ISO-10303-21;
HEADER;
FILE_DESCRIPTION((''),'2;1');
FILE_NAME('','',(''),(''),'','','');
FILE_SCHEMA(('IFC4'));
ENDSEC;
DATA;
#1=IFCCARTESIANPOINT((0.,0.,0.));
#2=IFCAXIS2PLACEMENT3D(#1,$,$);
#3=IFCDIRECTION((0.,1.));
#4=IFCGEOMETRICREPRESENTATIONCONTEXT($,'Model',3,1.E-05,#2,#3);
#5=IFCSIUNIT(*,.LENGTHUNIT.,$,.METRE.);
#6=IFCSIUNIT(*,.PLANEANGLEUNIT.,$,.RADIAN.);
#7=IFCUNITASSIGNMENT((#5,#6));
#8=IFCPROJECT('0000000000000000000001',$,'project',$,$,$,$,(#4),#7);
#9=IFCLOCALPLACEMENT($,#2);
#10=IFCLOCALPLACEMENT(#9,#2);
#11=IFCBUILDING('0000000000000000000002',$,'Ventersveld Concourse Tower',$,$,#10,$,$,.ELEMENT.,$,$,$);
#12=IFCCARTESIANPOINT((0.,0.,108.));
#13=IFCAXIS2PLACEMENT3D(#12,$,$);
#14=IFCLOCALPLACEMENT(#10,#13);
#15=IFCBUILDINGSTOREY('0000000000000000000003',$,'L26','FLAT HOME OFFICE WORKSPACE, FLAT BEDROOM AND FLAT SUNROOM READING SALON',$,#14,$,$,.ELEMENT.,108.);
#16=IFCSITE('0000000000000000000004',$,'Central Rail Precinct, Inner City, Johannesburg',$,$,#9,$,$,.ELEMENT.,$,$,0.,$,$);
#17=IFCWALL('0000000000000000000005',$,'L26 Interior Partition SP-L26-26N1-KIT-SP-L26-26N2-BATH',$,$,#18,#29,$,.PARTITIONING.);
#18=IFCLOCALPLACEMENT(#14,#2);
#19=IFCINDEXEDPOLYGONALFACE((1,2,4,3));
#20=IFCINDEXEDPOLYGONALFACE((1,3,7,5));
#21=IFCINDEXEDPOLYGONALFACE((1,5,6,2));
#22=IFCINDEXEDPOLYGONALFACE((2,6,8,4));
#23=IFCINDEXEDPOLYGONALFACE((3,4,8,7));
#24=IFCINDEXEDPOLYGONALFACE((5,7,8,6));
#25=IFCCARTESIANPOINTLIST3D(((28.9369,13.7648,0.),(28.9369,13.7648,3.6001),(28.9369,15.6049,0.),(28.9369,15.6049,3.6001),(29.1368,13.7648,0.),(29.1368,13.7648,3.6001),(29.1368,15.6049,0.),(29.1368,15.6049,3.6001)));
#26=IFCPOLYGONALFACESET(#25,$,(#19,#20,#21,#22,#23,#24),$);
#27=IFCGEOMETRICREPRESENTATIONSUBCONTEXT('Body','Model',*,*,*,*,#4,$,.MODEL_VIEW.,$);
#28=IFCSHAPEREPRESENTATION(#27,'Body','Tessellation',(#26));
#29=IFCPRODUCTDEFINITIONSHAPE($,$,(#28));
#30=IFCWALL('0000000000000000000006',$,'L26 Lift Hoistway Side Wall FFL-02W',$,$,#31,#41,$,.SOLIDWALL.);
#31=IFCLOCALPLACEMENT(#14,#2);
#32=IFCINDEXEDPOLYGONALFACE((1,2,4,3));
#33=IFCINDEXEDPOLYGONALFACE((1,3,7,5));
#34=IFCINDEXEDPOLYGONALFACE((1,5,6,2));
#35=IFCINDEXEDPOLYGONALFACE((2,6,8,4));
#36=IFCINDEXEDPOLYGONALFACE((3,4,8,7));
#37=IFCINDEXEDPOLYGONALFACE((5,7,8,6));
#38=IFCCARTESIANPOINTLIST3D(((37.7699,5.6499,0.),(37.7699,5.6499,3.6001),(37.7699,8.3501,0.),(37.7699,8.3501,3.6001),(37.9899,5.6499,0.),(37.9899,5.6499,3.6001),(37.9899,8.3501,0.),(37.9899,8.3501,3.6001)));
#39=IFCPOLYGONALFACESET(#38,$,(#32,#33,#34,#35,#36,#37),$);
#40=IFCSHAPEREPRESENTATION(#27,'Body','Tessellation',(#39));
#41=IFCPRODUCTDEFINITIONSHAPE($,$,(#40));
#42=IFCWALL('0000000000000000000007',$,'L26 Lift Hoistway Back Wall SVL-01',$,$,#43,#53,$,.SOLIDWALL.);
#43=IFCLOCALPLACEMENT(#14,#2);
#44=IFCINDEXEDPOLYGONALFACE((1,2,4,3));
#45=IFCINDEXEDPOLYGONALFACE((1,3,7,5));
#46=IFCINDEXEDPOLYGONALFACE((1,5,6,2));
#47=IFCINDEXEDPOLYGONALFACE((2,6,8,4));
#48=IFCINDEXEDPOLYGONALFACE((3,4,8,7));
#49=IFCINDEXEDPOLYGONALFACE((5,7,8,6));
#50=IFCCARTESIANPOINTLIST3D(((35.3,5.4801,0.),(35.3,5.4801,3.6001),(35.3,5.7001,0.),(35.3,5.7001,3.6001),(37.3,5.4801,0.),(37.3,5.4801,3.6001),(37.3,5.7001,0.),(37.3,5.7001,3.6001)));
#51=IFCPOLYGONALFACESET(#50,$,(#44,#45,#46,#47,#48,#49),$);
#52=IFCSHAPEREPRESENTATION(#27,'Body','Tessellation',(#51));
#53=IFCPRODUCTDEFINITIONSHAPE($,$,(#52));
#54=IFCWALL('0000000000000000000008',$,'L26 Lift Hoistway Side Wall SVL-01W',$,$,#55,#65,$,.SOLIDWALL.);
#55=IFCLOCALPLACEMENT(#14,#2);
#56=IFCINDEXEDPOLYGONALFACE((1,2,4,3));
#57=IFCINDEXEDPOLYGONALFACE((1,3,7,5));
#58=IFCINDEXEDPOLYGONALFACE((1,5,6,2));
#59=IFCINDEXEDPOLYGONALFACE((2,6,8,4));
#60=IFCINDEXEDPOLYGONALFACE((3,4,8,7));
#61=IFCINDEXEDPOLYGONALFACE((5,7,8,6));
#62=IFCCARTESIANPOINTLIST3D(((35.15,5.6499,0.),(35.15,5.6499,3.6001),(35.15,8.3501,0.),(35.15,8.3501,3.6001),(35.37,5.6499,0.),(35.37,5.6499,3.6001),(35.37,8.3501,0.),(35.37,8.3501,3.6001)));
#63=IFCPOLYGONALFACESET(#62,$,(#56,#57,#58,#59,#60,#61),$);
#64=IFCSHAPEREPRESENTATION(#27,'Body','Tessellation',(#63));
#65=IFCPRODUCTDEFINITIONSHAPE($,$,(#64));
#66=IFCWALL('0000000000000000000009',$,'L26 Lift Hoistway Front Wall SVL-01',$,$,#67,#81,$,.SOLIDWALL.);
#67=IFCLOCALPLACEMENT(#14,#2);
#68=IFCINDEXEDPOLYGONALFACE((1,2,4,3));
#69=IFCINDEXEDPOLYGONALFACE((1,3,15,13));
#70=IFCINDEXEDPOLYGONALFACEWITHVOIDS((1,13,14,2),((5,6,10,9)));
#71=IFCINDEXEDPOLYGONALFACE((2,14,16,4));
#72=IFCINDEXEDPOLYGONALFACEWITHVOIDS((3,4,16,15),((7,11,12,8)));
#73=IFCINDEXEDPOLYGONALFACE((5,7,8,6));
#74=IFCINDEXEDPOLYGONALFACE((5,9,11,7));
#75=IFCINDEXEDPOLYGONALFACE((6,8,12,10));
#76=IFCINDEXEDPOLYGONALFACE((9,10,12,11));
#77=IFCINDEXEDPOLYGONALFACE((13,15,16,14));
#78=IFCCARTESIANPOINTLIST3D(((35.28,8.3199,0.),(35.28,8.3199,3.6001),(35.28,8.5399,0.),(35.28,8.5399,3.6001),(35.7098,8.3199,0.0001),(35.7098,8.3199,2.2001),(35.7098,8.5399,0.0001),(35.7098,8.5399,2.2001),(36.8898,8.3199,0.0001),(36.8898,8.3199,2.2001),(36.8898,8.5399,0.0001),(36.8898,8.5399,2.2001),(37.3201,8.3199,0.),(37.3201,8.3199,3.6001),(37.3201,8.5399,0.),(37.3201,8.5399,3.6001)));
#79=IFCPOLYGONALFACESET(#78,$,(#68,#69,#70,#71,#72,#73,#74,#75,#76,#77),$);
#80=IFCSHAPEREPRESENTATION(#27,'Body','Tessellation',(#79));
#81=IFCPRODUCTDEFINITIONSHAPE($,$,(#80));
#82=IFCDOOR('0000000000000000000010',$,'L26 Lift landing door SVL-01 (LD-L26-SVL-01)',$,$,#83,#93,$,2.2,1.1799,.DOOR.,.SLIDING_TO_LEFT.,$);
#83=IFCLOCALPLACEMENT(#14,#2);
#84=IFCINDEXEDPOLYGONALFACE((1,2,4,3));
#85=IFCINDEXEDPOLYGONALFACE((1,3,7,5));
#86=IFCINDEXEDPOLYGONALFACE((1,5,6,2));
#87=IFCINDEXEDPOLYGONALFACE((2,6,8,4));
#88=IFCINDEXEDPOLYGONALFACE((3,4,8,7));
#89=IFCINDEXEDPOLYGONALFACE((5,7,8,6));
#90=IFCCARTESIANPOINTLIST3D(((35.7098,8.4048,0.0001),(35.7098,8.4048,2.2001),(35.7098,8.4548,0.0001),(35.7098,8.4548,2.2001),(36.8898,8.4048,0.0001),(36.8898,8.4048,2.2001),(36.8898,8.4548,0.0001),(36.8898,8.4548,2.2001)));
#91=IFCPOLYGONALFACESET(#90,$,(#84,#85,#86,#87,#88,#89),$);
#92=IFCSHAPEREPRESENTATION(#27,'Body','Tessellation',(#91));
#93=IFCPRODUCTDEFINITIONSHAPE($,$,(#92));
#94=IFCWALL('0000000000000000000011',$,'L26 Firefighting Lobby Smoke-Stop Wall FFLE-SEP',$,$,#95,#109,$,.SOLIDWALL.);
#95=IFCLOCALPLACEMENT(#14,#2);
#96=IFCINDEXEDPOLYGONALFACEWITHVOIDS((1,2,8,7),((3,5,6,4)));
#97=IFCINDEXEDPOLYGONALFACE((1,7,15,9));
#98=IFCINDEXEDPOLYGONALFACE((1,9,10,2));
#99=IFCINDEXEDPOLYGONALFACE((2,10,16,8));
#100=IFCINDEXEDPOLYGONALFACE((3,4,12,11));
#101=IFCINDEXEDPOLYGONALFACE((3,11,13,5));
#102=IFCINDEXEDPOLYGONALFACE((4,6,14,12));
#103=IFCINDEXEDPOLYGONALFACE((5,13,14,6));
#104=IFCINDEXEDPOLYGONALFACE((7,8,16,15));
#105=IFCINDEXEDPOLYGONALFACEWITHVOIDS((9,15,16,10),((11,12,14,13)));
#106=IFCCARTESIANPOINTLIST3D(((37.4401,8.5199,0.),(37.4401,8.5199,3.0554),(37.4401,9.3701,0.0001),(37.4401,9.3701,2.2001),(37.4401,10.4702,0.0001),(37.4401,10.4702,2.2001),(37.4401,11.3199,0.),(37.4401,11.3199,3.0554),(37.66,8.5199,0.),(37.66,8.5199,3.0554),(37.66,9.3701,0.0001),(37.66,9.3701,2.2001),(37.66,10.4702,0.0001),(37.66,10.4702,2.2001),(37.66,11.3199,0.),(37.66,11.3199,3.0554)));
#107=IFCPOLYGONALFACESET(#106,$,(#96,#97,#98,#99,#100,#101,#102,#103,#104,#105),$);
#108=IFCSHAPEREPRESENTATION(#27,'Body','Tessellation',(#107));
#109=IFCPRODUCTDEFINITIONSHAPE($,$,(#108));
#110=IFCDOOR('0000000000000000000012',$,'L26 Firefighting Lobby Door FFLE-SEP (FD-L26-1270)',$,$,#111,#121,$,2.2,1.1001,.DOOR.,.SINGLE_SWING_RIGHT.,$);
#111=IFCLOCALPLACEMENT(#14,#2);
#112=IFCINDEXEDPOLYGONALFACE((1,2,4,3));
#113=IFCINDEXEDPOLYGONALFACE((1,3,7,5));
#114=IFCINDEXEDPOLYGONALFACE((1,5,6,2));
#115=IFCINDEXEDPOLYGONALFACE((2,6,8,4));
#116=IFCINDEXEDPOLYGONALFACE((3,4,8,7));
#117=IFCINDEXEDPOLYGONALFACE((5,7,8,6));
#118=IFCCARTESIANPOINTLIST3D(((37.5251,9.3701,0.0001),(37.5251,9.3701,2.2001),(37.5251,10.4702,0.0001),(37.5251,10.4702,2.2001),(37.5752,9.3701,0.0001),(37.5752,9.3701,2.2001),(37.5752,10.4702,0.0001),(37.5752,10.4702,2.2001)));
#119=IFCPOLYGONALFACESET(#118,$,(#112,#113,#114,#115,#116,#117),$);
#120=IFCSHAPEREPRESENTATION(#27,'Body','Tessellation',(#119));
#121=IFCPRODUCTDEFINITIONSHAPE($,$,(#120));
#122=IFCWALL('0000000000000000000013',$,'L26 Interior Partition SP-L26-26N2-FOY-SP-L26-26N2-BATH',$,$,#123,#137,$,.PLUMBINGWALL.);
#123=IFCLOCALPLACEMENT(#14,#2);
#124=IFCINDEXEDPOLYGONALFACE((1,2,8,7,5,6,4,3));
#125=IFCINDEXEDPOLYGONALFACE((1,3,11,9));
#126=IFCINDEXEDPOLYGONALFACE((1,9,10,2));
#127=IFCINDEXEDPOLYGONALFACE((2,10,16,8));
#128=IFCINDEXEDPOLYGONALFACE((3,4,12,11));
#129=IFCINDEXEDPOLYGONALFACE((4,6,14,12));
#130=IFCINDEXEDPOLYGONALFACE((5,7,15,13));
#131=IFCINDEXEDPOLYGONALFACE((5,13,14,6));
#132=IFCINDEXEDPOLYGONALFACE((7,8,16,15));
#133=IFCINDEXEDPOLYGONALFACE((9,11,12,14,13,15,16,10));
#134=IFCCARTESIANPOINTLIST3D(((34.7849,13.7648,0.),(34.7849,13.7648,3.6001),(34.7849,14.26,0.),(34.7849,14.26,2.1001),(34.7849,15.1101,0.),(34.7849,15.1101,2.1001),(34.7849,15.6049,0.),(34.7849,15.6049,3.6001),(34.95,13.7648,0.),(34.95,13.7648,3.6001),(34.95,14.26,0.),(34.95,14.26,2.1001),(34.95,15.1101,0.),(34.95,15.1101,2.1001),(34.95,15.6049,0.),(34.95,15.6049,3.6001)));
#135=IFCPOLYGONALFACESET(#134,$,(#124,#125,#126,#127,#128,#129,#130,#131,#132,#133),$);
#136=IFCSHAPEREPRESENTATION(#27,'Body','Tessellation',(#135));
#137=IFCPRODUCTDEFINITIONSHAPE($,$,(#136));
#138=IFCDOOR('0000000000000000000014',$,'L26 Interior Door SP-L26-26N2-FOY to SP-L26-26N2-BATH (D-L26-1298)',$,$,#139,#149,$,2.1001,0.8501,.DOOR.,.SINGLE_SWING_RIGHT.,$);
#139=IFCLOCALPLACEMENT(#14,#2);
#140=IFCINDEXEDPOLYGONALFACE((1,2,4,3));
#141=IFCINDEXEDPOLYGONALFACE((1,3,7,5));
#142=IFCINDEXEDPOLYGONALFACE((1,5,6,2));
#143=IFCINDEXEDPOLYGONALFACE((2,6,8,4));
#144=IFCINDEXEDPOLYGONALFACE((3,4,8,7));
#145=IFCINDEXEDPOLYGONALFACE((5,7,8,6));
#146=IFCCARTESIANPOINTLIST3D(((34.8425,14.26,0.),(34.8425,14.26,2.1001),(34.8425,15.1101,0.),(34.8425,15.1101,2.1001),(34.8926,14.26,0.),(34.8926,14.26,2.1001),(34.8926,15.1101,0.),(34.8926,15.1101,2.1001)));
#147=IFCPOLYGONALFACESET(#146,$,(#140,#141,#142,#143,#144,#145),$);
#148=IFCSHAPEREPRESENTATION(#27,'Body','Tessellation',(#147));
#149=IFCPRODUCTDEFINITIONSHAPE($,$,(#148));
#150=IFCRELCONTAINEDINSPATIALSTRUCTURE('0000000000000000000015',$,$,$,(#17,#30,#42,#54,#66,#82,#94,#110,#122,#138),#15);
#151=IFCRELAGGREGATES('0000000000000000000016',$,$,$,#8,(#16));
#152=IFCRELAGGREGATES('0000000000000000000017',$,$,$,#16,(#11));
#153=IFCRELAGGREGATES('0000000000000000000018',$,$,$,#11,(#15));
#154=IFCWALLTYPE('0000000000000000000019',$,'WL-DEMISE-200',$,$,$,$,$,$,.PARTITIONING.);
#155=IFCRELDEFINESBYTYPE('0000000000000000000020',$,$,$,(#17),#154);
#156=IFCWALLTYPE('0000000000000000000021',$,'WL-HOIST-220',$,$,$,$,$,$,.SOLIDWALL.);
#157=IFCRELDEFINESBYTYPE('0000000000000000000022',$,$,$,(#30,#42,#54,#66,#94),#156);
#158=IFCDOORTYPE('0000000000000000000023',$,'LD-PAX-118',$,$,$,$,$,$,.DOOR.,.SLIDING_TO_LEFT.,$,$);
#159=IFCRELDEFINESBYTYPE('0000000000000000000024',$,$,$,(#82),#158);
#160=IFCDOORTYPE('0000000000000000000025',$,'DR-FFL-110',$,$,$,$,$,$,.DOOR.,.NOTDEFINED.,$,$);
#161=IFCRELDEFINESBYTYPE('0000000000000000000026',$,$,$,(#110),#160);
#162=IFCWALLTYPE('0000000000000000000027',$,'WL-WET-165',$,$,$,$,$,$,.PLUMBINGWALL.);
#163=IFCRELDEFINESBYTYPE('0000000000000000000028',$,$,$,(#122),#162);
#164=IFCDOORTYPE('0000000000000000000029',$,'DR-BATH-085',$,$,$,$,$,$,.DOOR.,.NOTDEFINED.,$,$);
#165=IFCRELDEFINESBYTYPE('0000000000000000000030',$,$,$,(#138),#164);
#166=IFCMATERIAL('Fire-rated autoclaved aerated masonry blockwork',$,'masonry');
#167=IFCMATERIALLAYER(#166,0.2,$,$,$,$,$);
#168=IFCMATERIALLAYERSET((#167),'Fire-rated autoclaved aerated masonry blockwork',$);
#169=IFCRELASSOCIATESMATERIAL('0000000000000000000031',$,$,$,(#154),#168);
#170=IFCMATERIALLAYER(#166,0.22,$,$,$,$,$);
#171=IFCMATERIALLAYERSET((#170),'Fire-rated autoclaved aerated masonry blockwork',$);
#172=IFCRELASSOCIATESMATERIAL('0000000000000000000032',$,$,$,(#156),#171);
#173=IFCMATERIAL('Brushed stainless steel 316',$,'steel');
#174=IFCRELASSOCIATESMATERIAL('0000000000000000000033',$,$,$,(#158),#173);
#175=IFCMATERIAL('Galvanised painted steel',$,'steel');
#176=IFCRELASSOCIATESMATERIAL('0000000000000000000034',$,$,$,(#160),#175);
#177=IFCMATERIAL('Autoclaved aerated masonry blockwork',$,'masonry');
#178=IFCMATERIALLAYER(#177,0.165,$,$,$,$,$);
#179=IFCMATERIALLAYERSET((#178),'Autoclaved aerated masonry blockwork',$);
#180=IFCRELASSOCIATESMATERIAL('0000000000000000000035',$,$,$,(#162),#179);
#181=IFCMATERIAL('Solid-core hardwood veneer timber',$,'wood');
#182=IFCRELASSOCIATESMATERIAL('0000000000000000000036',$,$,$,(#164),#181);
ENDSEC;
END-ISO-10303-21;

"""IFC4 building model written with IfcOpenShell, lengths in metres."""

from ifc_helpers import new_model, si_unit, direction, frame, frame_2d, origin, place, context, subcontext, project, spatial, rectangle, extrude, material, layer, layer_set, type_object, element, fill, save


model = new_model("IFC4")

# Units and contexts
model_context = context("Model", 3, precision=1e-05, world=origin(), true_north=direction((0.0, 1.0)))
body_context = subcontext(model_context, "Body", "Model", "MODEL_VIEW")
ifc_project = project(units=[si_unit("LENGTHUNIT", "METRE"), si_unit("PLANEANGLEUNIT", "RADIAN")], contexts=[model_context])

# Site, building, storey
site_placement = place(None, origin())
site = spatial("IfcSite", under=ifc_project, at=site_placement, Name="Central Rail Precinct, Inner City, Johannesburg", CompositionType="ELEMENT", RefElevation=0.0)
building_placement = place(site_placement, origin())
building = spatial("IfcBuilding", under=site, at=building_placement, Name="Ventersveld Concourse Tower", CompositionType="ELEMENT")
storey_placement = place(building_placement, frame((0.0, 0.0, 108.0)))
storey = spatial("IfcBuildingStorey", under=building, at=storey_placement, Name="L26", Description="FLAT HOME OFFICE WORKSPACE, FLAT BEDROOM AND FLAT SUNROOM READING SALON", CompositionType="ELEMENT", Elevation=108.0)

# Shared definitions
ifc_material_1 = material(Name="Fire-rated autoclaved aerated masonry blockwork", Category="masonry")
ifc_material_2 = material(Name="Galvanised painted steel", Category="steel")

# Shared definitions
ifc_material_3 = material(Name="Solid-core hardwood veneer timber", Category="wood")

# Walls
ifc_layer_1 = layer(ifc_material_1, 0.2)
ifc_layer_set_1 = layer_set([ifc_layer_1], Name="Fire-rated autoclaved aerated masonry blockwork")
wall_type_1 = type_object("IfcWallType", Name="WL-DEMISE-200", PredefinedType="PARTITIONING", material=ifc_layer_set_1)
wall_1_placement = place(storey_placement, frame((29.0369, 13.7649, 0.0), z_axis=(0.0, 0.0, 1.0), x_axis=(0.0, 1.0, 0.0)))
element("IfcWall", 1, at=wall_1_placement, inside=storey, type_object=wall_type_1, Name="L26 Interior Partition SP-L26-26N1-KIT-SP-L26-26N2-BATH", PredefinedType="PARTITIONING", context=body_context, shape_type="SweptSolid", body=[
    extrude(rectangle(XDim=1.8401, YDim=0.2, at=frame_2d((0.9199, 0.0))), origin(), (0.0, 0.0, 1.0), 3.6001),
])
ifc_layer_2 = layer(ifc_material_1, 0.22)
ifc_layer_set_2 = layer_set([ifc_layer_2], Name="Fire-rated autoclaved aerated masonry blockwork")
wall_type_2 = type_object("IfcWallType", Name="WL-HOIST-220", PredefinedType="SOLIDWALL", material=ifc_layer_set_2)
wall_2_placement = place(storey_placement, frame((37.8799, 5.6499, 0.0), z_axis=(0.0, 0.0, 1.0), x_axis=(0.0, 1.0, 0.0)))
element("IfcWall", 2, at=wall_2_placement, inside=storey, type_object=wall_type_2, Name="L26 Lift Hoistway Side Wall FFL-02W", PredefinedType="SOLIDWALL", context=body_context, shape_type="SweptSolid", body=[
    extrude(rectangle(XDim=2.7002, YDim=0.22, at=frame_2d((1.3501, 0.0))), origin(), (0.0, 0.0, 1.0), 3.6001),
])
wall_3_placement = place(storey_placement, frame((35.3, 5.5901, 0.0), z_axis=(0.0, 0.0, 1.0), x_axis=(1.0, 0.0, 0.0)))
element("IfcWall", 3, at=wall_3_placement, inside=storey, type_object=wall_type_2, Name="L26 Lift Hoistway Back Wall SVL-01", PredefinedType="SOLIDWALL", context=body_context, shape_type="SweptSolid", body=[
    extrude(rectangle(XDim=2.0, YDim=0.22, at=frame_2d((1.0, 0.0))), origin(), (0.0, 0.0, 1.0), 3.6001),
])
wall_4_placement = place(storey_placement, frame((35.26, 5.6499, 0.0), z_axis=(0.0, 0.0, 1.0), x_axis=(0.0, 1.0, 0.0)))
element("IfcWall", 4, at=wall_4_placement, inside=storey, type_object=wall_type_2, Name="L26 Lift Hoistway Side Wall SVL-01W", PredefinedType="SOLIDWALL", context=body_context, shape_type="SweptSolid", body=[
    extrude(rectangle(XDim=2.7002, YDim=0.22, at=frame_2d((1.3501, 0.0))), origin(), (0.0, 0.0, 1.0), 3.6001),
])

# Walls, openings, doors
wall_5_placement = place(storey_placement, frame((35.28, 8.4299, 0.0), z_axis=(0.0, 0.0, 1.0), x_axis=(1.0, 0.0, 0.0)))
wall_5 = element("IfcWall", 5, at=wall_5_placement, inside=storey, type_object=wall_type_2, Name="L26 Lift Hoistway Front Wall SVL-01", PredefinedType="SOLIDWALL", context=body_context, shape_type="SweptSolid", body=[
    extrude(rectangle(XDim=2.04, YDim=0.22, at=frame_2d((1.02, 0.0))), origin(), (0.0, 0.0, 1.0), 3.6001),
])
opening_1_placement = place(wall_5_placement, frame((0.4299, 0.0, 0.0)))
opening_1 = element("IfcOpeningElement", 6, at=opening_1_placement, cuts=wall_5, PredefinedType="OPENING", context=body_context, shape_type="SweptSolid", body=[
    extrude(rectangle(XDim=1.1799, YDim=2.2, at=frame_2d((0.5898, 1.1001))), frame((0.0, 0.1201, 0.0), z_axis=(0.0, -1.0, 0.0), x_axis=(1.0, 0.0, 0.0)), (0.0, 0.0, 1.0), 0.24),
])
ifc_material_4 = material(Name="Brushed stainless steel 316", Category="steel")
door_type_1 = type_object("IfcDoorType", Name="LD-PAX-118", OperationType="SLIDING_TO_LEFT", PredefinedType="DOOR", material=ifc_material_4)
door_1_placement = place(opening_1_placement, origin())
door_1 = element("IfcDoor", 7, at=door_1_placement, inside=storey, type_object=door_type_1, Name="L26 Lift landing door SVL-01 (LD-L26-SVL-01)", OperationType="SLIDING_TO_LEFT", OverallHeight=2.2, OverallWidth=1.1799, PredefinedType="DOOR", context=body_context, shape_type="SweptSolid", body=[
    extrude(rectangle(XDim=1.1799, YDim=2.2, at=frame_2d((0.5898, 1.1001))), frame((0.0, 0.0249, 0.0), z_axis=(0.0, -1.0, 0.0), x_axis=(1.0, 0.0, 0.0)), (0.0, 0.0, 1.0), 0.05),
])
fill(opening_1, door_1)
wall_6_placement = place(storey_placement, frame((37.55, 8.52, 0.0), z_axis=(0.0, 0.0, 1.0), x_axis=(0.0, 1.0, 0.0)))
wall_6 = element("IfcWall", 8, at=wall_6_placement, inside=storey, type_object=wall_type_2, Name="L26 Firefighting Lobby Smoke-Stop Wall FFLE-SEP", PredefinedType="SOLIDWALL", context=body_context, shape_type="SweptSolid", body=[
    extrude(rectangle(XDim=2.8, YDim=0.22, at=frame_2d((1.3999, 0.0))), origin(), (0.0, 0.0, 1.0), 3.0554),
])
opening_2_placement = place(wall_6_placement, frame((0.8501, 0.0, 0.0)))
opening_2 = element("IfcOpeningElement", 9, at=opening_2_placement, cuts=wall_6, PredefinedType="OPENING", context=body_context, shape_type="SweptSolid", body=[
    extrude(rectangle(XDim=1.1001, YDim=2.2, at=frame_2d((0.55, 1.1001))), frame((0.0, 0.1201, 0.0), z_axis=(0.0, -1.0, 0.0), x_axis=(1.0, 0.0, 0.0)), (0.0, 0.0, 1.0), 0.24),
])
door_type_2 = type_object("IfcDoorType", Name="DR-FFL-110", OperationType="NOTDEFINED", PredefinedType="DOOR", material=ifc_material_2)
door_2_placement = place(opening_2_placement, origin())
door_2 = element("IfcDoor", 10, at=door_2_placement, inside=storey, type_object=door_type_2, Name="L26 Firefighting Lobby Door FFLE-SEP (FD-L26-1270)", OperationType="SINGLE_SWING_RIGHT", OverallHeight=2.2, OverallWidth=1.1001, PredefinedType="DOOR", context=body_context, shape_type="SweptSolid", body=[
    extrude(rectangle(XDim=1.1001, YDim=2.2, at=frame_2d((0.55, 1.1001))), frame((0.0, 0.0249, 0.0), z_axis=(0.0, -1.0, 0.0), x_axis=(1.0, 0.0, 0.0)), (0.0, 0.0, 1.0), 0.05),
])
fill(opening_2, door_2)
ifc_material_5 = material(Name="Autoclaved aerated masonry blockwork", Category="masonry")
ifc_layer_3 = layer(ifc_material_5, 0.165)
ifc_layer_set_3 = layer_set([ifc_layer_3], Name="Autoclaved aerated masonry blockwork")
wall_type_3 = type_object("IfcWallType", Name="WL-WET-165", PredefinedType="PLUMBINGWALL", material=ifc_layer_set_3)
wall_7_placement = place(storey_placement, frame((34.8674, 13.7649, 0.0), z_axis=(0.0, 0.0, 1.0), x_axis=(0.0, 1.0, 0.0)))
wall_7 = element("IfcWall", 11, at=wall_7_placement, inside=storey, type_object=wall_type_3, Name="L26 Interior Partition SP-L26-26N2-FOY-SP-L26-26N2-BATH", PredefinedType="PLUMBINGWALL", context=body_context, shape_type="SweptSolid", body=[
    extrude(rectangle(XDim=1.8401, YDim=0.165, at=frame_2d((0.9199, 0.0))), origin(), (0.0, 0.0, 1.0), 3.6001),
])
opening_3_placement = place(wall_7_placement, frame((0.4951, 0.0, 0.0)))
opening_3 = element("IfcOpeningElement", 12, at=opening_3_placement, cuts=wall_7, PredefinedType="OPENING", context=body_context, shape_type="SweptSolid", body=[
    extrude(rectangle(XDim=0.8501, YDim=2.1001, at=frame_2d((0.425, 1.05))), frame((0.0, 0.0925, 0.0), z_axis=(0.0, -1.0, 0.0), x_axis=(1.0, 0.0, 0.0)), (0.0, 0.0, 1.0), 0.1851),
])
door_type_3 = type_object("IfcDoorType", Name="DR-BATH-085", OperationType="NOTDEFINED", PredefinedType="DOOR", material=ifc_material_3)
door_3_placement = place(opening_3_placement, origin())
door_3 = element("IfcDoor", 13, at=door_3_placement, inside=storey, type_object=door_type_3, Name="L26 Interior Door SP-L26-26N2-FOY to SP-L26-26N2-BATH (D-L26-1298)", OperationType="SINGLE_SWING_RIGHT", OverallHeight=2.1001, OverallWidth=0.8501, PredefinedType="DOOR", context=body_context, shape_type="SweptSolid", body=[
    extrude(rectangle(XDim=0.8501, YDim=2.1001, at=frame_2d((0.425, 1.05))), frame((0.0, 0.0249, 0.0), z_axis=(0.0, -1.0, 0.0), x_axis=(1.0, 0.0, 0.0)), (0.0, 0.0, 1.0), 0.05),
])
fill(opening_3, door_3)

save(model, "model.ifc")
